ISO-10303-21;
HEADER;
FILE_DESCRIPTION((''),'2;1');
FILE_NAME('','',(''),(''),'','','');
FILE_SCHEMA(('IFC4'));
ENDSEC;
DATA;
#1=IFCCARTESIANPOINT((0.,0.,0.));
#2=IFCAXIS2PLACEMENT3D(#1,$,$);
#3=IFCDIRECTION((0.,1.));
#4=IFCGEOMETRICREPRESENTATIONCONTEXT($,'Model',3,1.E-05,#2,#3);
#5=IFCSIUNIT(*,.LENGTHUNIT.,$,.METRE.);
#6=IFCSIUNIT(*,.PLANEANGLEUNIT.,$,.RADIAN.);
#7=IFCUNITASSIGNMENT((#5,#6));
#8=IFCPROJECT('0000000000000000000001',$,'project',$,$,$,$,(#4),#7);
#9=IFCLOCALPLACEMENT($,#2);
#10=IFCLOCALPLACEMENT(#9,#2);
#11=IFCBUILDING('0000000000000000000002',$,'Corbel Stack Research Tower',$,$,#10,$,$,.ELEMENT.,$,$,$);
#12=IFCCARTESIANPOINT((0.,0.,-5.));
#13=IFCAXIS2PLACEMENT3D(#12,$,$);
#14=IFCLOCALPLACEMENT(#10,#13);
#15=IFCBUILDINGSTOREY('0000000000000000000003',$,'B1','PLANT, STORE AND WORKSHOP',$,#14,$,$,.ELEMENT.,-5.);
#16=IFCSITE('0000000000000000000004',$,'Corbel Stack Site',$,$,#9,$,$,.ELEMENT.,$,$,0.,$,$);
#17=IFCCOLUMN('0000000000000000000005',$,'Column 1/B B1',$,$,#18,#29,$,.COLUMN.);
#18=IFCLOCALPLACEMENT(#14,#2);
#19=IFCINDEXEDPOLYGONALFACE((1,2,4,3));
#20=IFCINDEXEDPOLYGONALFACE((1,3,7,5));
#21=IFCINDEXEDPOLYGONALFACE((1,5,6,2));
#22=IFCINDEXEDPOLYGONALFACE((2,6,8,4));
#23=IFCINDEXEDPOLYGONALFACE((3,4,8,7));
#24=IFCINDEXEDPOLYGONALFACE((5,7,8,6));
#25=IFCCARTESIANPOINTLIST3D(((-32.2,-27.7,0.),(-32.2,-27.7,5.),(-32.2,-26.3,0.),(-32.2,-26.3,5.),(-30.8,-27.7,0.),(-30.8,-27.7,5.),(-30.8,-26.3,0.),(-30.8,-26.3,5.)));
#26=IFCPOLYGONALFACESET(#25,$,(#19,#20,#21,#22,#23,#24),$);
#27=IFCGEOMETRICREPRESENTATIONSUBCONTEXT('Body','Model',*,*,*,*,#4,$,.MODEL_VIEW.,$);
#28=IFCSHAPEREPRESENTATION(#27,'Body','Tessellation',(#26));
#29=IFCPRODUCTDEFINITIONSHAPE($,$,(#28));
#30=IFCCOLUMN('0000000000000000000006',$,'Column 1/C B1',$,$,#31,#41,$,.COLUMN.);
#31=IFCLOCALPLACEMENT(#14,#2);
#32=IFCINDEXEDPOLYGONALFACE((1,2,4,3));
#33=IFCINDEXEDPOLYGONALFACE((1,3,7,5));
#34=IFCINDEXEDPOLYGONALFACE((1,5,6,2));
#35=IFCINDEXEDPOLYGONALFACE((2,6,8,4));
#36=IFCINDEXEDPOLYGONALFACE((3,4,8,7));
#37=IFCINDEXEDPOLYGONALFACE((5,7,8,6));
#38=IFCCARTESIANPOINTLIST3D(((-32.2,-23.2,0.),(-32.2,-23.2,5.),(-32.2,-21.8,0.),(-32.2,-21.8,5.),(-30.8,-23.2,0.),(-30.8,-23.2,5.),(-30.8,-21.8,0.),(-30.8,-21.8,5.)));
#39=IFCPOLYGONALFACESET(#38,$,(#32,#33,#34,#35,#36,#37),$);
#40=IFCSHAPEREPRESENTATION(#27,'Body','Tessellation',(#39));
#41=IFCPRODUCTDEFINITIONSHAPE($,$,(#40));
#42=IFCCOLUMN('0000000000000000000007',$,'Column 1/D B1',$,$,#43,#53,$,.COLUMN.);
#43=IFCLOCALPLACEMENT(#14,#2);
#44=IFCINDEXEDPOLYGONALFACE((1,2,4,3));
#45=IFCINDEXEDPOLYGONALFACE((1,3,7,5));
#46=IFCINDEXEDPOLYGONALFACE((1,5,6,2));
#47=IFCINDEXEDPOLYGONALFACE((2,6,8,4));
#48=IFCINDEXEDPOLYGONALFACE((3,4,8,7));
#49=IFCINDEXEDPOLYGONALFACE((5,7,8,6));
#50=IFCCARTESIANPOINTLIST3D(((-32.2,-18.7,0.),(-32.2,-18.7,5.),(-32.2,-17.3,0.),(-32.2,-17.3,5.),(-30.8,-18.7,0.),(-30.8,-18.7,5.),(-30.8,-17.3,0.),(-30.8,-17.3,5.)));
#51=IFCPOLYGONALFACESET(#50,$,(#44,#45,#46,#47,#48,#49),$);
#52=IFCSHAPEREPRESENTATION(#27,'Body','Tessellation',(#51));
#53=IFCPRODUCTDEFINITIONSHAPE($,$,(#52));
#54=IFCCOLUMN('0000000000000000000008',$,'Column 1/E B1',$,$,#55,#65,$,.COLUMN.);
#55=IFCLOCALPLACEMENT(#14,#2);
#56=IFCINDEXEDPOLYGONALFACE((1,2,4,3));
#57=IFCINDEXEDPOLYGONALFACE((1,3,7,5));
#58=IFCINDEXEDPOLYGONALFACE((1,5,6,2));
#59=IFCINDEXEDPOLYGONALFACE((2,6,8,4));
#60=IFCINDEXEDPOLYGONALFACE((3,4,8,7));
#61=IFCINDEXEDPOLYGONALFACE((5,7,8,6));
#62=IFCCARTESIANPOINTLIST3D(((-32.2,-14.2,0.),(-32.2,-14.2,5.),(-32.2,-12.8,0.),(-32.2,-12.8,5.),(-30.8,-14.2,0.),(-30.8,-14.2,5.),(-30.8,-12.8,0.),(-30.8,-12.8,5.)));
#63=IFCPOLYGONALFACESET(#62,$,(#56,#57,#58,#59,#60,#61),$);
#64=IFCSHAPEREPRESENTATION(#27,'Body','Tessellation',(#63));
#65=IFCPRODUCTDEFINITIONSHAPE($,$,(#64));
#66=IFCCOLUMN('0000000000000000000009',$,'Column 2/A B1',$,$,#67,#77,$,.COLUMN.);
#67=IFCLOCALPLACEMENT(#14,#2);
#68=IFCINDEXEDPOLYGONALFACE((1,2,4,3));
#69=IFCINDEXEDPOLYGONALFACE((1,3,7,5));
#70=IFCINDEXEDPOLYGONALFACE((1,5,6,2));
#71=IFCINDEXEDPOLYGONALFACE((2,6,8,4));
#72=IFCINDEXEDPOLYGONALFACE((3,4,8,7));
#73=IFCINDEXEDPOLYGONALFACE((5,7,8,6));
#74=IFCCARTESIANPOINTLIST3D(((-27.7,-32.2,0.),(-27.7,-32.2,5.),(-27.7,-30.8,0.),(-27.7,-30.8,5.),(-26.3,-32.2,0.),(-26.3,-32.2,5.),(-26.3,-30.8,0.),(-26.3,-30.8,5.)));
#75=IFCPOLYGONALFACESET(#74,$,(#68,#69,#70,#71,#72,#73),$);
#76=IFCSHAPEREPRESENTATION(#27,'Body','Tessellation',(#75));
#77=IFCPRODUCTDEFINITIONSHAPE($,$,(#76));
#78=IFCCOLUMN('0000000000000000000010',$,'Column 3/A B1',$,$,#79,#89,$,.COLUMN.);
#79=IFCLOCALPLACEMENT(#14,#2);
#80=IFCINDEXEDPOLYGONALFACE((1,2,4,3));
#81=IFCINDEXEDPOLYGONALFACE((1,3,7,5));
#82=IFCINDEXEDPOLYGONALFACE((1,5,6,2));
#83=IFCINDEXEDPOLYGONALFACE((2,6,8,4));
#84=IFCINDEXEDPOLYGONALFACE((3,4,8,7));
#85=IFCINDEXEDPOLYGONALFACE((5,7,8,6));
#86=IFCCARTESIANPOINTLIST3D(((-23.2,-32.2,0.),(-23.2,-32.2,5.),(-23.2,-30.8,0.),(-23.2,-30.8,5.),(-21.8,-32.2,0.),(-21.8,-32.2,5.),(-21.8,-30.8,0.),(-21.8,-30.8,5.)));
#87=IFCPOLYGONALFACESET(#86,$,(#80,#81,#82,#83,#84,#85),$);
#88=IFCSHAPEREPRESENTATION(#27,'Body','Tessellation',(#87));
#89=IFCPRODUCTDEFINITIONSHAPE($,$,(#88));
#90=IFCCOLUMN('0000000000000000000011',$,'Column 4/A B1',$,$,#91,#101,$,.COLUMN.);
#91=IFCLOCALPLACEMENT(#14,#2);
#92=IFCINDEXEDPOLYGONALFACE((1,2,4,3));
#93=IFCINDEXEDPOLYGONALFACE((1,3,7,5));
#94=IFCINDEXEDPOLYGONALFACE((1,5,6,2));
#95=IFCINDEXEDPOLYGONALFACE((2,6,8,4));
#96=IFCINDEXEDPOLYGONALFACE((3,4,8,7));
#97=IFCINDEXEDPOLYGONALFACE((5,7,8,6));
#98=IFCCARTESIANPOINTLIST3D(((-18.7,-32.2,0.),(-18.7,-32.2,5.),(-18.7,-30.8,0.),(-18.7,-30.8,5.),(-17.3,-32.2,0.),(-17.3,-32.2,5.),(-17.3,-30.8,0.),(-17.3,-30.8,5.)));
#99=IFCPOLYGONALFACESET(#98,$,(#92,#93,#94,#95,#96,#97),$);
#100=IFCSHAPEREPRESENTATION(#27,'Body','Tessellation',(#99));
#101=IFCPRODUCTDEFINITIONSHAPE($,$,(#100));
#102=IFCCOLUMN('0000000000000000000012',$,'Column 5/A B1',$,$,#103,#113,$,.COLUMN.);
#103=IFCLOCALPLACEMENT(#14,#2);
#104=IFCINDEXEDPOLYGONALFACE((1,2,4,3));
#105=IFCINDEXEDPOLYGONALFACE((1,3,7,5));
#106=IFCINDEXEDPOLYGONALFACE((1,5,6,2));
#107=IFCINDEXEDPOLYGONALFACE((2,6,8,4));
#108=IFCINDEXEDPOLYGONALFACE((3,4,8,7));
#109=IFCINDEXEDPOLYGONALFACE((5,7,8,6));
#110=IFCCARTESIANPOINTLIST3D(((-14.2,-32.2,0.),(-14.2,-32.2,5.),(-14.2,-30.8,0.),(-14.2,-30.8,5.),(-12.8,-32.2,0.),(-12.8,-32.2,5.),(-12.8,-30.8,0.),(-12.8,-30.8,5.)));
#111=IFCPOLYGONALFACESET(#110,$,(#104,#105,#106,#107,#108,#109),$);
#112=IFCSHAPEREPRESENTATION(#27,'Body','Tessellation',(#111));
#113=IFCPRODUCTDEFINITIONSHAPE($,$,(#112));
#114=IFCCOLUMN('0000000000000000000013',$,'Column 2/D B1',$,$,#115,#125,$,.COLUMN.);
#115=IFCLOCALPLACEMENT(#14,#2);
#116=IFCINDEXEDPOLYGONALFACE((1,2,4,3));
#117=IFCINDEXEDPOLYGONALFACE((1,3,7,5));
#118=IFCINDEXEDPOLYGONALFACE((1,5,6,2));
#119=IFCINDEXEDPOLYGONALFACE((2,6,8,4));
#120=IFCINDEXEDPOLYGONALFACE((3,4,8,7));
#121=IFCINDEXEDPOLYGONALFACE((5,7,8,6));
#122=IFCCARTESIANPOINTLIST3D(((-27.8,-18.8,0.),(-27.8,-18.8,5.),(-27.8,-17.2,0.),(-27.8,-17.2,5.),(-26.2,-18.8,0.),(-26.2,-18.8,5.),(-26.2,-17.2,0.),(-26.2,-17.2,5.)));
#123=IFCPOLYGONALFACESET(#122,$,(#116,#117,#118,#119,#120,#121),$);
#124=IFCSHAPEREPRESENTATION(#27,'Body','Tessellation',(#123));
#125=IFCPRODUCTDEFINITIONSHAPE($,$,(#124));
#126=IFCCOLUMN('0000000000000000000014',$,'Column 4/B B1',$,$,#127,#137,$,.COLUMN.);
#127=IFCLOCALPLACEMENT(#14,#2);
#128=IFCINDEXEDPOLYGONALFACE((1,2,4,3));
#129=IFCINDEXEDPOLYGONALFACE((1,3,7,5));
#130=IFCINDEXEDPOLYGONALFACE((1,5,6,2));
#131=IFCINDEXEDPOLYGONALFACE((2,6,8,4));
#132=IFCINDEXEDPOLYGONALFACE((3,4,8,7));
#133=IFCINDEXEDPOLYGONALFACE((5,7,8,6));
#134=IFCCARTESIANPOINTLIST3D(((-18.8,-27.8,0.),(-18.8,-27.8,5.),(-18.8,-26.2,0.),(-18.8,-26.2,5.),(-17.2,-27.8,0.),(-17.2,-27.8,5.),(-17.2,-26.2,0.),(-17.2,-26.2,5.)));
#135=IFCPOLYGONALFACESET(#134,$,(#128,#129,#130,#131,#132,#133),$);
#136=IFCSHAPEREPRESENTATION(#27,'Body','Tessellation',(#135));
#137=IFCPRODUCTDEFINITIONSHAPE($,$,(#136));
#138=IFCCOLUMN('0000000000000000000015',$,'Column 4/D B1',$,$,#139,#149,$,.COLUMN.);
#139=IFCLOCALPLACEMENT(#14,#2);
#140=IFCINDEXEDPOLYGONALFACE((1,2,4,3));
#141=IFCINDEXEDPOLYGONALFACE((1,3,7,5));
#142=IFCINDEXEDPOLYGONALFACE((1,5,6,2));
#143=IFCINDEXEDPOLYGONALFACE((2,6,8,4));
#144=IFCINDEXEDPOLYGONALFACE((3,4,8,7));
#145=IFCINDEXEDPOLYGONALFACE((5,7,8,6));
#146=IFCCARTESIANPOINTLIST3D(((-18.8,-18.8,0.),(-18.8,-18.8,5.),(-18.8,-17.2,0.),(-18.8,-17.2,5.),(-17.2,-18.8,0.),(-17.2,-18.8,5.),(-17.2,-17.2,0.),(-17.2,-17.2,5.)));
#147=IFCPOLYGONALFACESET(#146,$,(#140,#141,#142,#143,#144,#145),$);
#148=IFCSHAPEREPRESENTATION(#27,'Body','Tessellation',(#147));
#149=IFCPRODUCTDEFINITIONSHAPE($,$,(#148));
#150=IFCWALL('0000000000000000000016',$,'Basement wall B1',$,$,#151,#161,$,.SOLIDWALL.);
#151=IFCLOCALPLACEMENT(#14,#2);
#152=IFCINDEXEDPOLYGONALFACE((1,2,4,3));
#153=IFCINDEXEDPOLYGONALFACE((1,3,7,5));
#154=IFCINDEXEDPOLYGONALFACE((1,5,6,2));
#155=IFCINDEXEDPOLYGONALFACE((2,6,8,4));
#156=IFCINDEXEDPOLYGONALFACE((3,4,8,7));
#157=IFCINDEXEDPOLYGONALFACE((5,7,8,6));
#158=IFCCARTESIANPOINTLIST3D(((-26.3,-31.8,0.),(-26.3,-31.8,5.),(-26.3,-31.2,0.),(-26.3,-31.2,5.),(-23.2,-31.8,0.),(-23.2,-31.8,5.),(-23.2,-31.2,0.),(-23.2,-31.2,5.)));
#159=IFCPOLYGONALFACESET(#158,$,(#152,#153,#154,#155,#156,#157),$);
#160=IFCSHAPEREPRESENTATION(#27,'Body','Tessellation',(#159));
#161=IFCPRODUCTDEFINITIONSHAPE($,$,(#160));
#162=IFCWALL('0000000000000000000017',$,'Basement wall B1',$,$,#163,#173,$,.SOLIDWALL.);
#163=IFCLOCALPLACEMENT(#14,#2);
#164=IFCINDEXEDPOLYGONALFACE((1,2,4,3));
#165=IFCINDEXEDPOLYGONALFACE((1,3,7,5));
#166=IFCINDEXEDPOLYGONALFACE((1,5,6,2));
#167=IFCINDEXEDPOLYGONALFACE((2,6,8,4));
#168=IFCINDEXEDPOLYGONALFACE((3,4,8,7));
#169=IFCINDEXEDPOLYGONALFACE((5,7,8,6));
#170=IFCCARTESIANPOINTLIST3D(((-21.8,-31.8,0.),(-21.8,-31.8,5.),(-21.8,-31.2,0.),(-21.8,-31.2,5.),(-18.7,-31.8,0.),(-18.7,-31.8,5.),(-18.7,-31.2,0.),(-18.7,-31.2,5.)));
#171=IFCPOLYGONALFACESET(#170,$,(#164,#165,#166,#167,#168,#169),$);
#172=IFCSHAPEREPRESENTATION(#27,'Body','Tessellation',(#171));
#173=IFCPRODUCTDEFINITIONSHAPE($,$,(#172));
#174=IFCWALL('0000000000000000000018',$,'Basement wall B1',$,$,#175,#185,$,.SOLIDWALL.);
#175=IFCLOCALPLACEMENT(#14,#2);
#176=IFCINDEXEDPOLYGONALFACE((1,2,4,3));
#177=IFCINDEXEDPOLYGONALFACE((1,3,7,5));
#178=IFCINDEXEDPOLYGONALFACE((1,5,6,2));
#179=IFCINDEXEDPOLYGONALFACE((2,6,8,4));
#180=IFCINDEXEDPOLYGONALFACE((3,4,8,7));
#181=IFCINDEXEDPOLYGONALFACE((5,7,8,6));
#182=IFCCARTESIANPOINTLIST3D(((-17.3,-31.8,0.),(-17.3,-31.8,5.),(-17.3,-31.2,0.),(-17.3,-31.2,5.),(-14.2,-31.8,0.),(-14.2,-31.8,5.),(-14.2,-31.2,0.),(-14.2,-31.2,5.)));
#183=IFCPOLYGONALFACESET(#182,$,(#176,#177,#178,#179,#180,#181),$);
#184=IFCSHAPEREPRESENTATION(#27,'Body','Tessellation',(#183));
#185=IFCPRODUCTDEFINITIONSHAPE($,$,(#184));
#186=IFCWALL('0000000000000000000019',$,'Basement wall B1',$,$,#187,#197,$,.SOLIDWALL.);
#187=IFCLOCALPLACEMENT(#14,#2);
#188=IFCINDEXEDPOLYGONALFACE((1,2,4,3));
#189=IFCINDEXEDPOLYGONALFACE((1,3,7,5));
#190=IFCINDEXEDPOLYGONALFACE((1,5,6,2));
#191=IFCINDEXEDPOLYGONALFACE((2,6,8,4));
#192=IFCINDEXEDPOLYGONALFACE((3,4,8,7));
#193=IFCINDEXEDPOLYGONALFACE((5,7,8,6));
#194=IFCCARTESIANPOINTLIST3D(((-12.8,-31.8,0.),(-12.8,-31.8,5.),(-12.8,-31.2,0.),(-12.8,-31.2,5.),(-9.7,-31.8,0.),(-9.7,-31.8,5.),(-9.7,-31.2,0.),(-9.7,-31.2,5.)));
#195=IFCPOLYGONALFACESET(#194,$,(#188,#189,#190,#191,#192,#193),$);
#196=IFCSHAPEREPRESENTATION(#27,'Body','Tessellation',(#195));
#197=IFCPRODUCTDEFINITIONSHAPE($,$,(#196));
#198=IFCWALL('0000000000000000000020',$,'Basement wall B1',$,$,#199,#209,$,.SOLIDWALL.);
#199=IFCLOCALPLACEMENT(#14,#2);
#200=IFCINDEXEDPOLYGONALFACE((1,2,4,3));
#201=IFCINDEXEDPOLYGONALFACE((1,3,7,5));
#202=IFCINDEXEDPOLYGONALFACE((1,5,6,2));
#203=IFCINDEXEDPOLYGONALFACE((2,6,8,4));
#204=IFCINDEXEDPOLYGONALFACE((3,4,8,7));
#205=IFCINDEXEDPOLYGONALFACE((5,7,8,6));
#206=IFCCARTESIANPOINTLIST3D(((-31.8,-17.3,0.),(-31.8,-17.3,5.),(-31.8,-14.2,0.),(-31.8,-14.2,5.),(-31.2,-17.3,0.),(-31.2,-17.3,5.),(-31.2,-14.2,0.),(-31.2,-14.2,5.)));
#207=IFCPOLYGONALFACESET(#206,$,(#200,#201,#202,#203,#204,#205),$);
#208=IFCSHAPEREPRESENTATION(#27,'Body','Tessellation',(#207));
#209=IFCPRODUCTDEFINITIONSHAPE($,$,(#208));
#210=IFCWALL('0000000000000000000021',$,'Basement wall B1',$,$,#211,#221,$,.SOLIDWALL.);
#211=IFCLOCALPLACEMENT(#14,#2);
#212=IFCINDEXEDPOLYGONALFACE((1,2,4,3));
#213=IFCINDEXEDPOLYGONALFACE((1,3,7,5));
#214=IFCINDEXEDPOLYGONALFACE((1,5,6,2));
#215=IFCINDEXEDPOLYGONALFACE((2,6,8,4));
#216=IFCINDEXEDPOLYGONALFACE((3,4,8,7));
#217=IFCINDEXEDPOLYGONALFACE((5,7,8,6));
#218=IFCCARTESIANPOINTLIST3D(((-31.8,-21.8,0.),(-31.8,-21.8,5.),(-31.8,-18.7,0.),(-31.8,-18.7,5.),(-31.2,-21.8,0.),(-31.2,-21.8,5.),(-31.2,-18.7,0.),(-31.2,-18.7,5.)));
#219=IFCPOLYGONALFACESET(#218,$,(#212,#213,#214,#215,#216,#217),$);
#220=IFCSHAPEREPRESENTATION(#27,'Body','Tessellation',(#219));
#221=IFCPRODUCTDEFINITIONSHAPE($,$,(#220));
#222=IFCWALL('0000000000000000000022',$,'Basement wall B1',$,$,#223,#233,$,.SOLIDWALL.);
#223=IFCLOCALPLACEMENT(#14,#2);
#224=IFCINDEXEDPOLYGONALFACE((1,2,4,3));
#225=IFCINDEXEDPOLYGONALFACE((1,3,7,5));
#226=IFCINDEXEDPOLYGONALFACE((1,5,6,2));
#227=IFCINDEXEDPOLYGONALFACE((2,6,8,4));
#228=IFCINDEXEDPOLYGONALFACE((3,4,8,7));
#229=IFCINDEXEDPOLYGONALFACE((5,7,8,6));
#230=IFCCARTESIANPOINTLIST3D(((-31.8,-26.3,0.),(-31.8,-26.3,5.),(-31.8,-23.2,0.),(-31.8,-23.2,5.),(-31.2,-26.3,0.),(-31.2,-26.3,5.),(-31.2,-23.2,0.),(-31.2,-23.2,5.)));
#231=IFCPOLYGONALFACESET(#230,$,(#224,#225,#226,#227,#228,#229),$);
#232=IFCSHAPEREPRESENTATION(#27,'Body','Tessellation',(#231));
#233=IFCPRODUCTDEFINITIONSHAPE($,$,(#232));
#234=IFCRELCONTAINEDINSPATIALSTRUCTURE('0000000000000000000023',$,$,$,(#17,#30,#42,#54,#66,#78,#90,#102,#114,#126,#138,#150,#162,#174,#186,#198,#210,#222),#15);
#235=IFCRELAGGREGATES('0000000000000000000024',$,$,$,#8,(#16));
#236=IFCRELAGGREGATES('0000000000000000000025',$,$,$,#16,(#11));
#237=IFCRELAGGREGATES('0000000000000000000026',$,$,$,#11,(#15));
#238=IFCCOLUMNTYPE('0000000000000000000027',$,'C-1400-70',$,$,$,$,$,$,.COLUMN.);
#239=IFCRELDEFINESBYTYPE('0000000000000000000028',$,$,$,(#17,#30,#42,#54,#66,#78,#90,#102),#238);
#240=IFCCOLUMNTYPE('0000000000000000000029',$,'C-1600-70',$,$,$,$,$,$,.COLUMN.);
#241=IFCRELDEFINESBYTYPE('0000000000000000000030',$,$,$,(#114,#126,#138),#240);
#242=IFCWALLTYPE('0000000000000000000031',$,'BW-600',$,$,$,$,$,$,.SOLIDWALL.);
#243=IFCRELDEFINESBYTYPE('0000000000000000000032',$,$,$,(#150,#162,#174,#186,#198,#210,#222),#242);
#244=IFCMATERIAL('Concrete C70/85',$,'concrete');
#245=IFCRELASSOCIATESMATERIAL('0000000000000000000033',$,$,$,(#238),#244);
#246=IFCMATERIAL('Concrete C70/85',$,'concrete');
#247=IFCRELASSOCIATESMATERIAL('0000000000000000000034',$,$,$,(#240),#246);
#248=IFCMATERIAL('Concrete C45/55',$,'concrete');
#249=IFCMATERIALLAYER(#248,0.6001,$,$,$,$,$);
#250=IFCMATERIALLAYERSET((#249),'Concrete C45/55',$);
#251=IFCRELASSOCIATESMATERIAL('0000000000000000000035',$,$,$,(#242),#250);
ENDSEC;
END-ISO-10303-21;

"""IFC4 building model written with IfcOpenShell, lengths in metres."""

from ifc_helpers import new_model, si_unit, direction, frame, frame_2d, origin, origin_2d, place, context, subcontext, project, spatial, rectangle, extrude, material, layer, layer_set, material_profile, profile_set, type_object, element, save


model = new_model("IFC4")

# Units and contexts
model_context = context("Model", 3, precision=1e-05, world=origin(), true_north=direction((0.0, 1.0)))
body_context = subcontext(model_context, "Body", "Model", "MODEL_VIEW")
ifc_project = project(units=[si_unit("LENGTHUNIT", "METRE"), si_unit("PLANEANGLEUNIT", "RADIAN")], contexts=[model_context])

# Site, building, storey
site_placement = place(None, origin())
site = spatial("IfcSite", under=ifc_project, at=site_placement, Name="Corbel Stack Site", CompositionType="ELEMENT", RefElevation=0.0)
building_placement = place(site_placement, origin())
building = spatial("IfcBuilding", under=site, at=building_placement, Name="Corbel Stack Research Tower", CompositionType="ELEMENT")
storey_placement = place(building_placement, frame((0.0, 0.0, -5.0)))
storey = spatial("IfcBuildingStorey", under=building, at=storey_placement, Name="B1", Description="PLANT, STORE AND WORKSHOP", CompositionType="ELEMENT", Elevation=-5.0)

# Columns
ifc_material_1 = material(Name="Concrete C70/85", Category="concrete")
ifc_material_profile_1 = material_profile(ifc_material_1, rectangle(XDim=1.3999, YDim=1.3999, at=origin_2d()), Name="RC 1400 x 1400")
ifc_profile_set_1 = profile_set([ifc_material_profile_1], Name="Concrete C70/85")
column_type_1 = type_object("IfcColumnType", Name="C-1400-70", PredefinedType="COLUMN", material=ifc_profile_set_1)
for number, where, z_axis, x_axis, name in (
    (1, (-31.5, -27.0, 0.0), (0.0, 0.0, 1.0), (1.0, 0.0, 0.0), "Column 1/B B1"),
    (2, (-31.5, -22.5, 0.0), (0.0, 0.0, 1.0), (1.0, 0.0, 0.0), "Column 1/C B1"),
    (3, (-31.5, -18.0, 0.0), (0.0, 0.0, 1.0), (1.0, 0.0, 0.0), "Column 1/D B1"),
    (4, (-31.5, -13.5, 0.0), (0.0, 0.0, 1.0), (1.0, 0.0, 0.0), "Column 1/E B1"),
    (5, (-27.0, -31.5, 0.0), (0.0, 0.0, 1.0), (1.0, 0.0, 0.0), "Column 2/A B1"),
    (6, (-22.5, -31.5, 0.0), (0.0, 0.0, 1.0), (1.0, 0.0, 0.0), "Column 3/A B1"),
    (7, (-18.0, -31.5, 0.0), (0.0, 0.0, 1.0), (1.0, 0.0, 0.0), "Column 4/A B1"),
    (8, (-13.5, -31.5, 0.0), (0.0, 0.0, 1.0), (1.0, 0.0, 0.0), "Column 5/A B1"),
):
    element("IfcColumn", number, at=place(storey_placement, frame(where, z_axis=z_axis, x_axis=x_axis)), inside=storey, type_object=column_type_1, Name=name, PredefinedType="COLUMN", context=body_context, shape_type="SweptSolid", body=[
        extrude(rectangle(XDim=1.3999, YDim=1.3999, at=origin_2d()), origin(), (0.0, 0.0, 1.0), 5.0),
    ])
ifc_material_2 = material(Name="Concrete C70/85", Category="concrete")
ifc_material_profile_2 = material_profile(ifc_material_2, rectangle(XDim=1.6001, YDim=1.6001, at=origin_2d()), Name="RC 1600 x 1600")
ifc_profile_set_2 = profile_set([ifc_material_profile_2], Name="Concrete C70/85")
column_type_2 = type_object("IfcColumnType", Name="C-1600-70", PredefinedType="COLUMN", material=ifc_profile_set_2)
for number, where, z_axis, x_axis, name in (
    (9, (-27.0, -18.0, 0.0), (0.0, 0.0, 1.0), (1.0, 0.0, 0.0), "Column 2/D B1"),
    (10, (-18.0, -27.0, 0.0), (0.0, 0.0, 1.0), (1.0, 0.0, 0.0), "Column 4/B B1"),
    (11, (-18.0, -18.0, 0.0), (0.0, 0.0, 1.0), (1.0, 0.0, 0.0), "Column 4/D B1"),
):
    element("IfcColumn", number, at=place(storey_placement, frame(where, z_axis=z_axis, x_axis=x_axis)), inside=storey, type_object=column_type_2, Name=name, PredefinedType="COLUMN", context=body_context, shape_type="SweptSolid", body=[
        extrude(rectangle(XDim=1.6001, YDim=1.6001, at=origin_2d()), origin(), (0.0, 0.0, 1.0), 5.0),
    ])

# Walls
ifc_material_3 = material(Name="Concrete C45/55", Category="concrete")
ifc_layer = layer(ifc_material_3, 0.6001)
ifc_layer_set = layer_set([ifc_layer], Name="Concrete C45/55")
wall_type = type_object("IfcWallType", Name="BW-600", PredefinedType="SOLIDWALL", material=ifc_layer_set)
for number, where, z_axis, x_axis, name in (
    (12, (-26.3, -31.5, 0.0), (0.0, 0.0, 1.0), (1.0, 0.0, 0.0), "Basement wall B1"),
    (13, (-21.8, -31.5, 0.0), (0.0, 0.0, 1.0), (1.0, 0.0, 0.0), "Basement wall B1"),
    (14, (-17.3, -31.5, 0.0), (0.0, 0.0, 1.0), (1.0, 0.0, 0.0), "Basement wall B1"),
    (15, (-12.8, -31.5, 0.0), (0.0, 0.0, 1.0), (1.0, 0.0, 0.0), "Basement wall B1"),
    (16, (-31.5, -14.2, 0.0), (0.0, 0.0, 1.0), (0.0, -1.0, 0.0), "Basement wall B1"),
    (17, (-31.5, -18.7, 0.0), (0.0, 0.0, 1.0), (0.0, -1.0, 0.0), "Basement wall B1"),
    (18, (-31.5, -23.2, 0.0), (0.0, 0.0, 1.0), (0.0, -1.0, 0.0), "Basement wall B1"),
):
    element("IfcWall", number, at=place(storey_placement, frame(where, z_axis=z_axis, x_axis=x_axis)), inside=storey, type_object=wall_type, Name=name, PredefinedType="SOLIDWALL", context=body_context, shape_type="SweptSolid", body=[
        extrude(rectangle(XDim=3.1001, YDim=0.6001, at=frame_2d((1.55, 0.0))), origin(), (0.0, 0.0, 1.0), 5.0),
    ])

save(model, "model.ifc")
